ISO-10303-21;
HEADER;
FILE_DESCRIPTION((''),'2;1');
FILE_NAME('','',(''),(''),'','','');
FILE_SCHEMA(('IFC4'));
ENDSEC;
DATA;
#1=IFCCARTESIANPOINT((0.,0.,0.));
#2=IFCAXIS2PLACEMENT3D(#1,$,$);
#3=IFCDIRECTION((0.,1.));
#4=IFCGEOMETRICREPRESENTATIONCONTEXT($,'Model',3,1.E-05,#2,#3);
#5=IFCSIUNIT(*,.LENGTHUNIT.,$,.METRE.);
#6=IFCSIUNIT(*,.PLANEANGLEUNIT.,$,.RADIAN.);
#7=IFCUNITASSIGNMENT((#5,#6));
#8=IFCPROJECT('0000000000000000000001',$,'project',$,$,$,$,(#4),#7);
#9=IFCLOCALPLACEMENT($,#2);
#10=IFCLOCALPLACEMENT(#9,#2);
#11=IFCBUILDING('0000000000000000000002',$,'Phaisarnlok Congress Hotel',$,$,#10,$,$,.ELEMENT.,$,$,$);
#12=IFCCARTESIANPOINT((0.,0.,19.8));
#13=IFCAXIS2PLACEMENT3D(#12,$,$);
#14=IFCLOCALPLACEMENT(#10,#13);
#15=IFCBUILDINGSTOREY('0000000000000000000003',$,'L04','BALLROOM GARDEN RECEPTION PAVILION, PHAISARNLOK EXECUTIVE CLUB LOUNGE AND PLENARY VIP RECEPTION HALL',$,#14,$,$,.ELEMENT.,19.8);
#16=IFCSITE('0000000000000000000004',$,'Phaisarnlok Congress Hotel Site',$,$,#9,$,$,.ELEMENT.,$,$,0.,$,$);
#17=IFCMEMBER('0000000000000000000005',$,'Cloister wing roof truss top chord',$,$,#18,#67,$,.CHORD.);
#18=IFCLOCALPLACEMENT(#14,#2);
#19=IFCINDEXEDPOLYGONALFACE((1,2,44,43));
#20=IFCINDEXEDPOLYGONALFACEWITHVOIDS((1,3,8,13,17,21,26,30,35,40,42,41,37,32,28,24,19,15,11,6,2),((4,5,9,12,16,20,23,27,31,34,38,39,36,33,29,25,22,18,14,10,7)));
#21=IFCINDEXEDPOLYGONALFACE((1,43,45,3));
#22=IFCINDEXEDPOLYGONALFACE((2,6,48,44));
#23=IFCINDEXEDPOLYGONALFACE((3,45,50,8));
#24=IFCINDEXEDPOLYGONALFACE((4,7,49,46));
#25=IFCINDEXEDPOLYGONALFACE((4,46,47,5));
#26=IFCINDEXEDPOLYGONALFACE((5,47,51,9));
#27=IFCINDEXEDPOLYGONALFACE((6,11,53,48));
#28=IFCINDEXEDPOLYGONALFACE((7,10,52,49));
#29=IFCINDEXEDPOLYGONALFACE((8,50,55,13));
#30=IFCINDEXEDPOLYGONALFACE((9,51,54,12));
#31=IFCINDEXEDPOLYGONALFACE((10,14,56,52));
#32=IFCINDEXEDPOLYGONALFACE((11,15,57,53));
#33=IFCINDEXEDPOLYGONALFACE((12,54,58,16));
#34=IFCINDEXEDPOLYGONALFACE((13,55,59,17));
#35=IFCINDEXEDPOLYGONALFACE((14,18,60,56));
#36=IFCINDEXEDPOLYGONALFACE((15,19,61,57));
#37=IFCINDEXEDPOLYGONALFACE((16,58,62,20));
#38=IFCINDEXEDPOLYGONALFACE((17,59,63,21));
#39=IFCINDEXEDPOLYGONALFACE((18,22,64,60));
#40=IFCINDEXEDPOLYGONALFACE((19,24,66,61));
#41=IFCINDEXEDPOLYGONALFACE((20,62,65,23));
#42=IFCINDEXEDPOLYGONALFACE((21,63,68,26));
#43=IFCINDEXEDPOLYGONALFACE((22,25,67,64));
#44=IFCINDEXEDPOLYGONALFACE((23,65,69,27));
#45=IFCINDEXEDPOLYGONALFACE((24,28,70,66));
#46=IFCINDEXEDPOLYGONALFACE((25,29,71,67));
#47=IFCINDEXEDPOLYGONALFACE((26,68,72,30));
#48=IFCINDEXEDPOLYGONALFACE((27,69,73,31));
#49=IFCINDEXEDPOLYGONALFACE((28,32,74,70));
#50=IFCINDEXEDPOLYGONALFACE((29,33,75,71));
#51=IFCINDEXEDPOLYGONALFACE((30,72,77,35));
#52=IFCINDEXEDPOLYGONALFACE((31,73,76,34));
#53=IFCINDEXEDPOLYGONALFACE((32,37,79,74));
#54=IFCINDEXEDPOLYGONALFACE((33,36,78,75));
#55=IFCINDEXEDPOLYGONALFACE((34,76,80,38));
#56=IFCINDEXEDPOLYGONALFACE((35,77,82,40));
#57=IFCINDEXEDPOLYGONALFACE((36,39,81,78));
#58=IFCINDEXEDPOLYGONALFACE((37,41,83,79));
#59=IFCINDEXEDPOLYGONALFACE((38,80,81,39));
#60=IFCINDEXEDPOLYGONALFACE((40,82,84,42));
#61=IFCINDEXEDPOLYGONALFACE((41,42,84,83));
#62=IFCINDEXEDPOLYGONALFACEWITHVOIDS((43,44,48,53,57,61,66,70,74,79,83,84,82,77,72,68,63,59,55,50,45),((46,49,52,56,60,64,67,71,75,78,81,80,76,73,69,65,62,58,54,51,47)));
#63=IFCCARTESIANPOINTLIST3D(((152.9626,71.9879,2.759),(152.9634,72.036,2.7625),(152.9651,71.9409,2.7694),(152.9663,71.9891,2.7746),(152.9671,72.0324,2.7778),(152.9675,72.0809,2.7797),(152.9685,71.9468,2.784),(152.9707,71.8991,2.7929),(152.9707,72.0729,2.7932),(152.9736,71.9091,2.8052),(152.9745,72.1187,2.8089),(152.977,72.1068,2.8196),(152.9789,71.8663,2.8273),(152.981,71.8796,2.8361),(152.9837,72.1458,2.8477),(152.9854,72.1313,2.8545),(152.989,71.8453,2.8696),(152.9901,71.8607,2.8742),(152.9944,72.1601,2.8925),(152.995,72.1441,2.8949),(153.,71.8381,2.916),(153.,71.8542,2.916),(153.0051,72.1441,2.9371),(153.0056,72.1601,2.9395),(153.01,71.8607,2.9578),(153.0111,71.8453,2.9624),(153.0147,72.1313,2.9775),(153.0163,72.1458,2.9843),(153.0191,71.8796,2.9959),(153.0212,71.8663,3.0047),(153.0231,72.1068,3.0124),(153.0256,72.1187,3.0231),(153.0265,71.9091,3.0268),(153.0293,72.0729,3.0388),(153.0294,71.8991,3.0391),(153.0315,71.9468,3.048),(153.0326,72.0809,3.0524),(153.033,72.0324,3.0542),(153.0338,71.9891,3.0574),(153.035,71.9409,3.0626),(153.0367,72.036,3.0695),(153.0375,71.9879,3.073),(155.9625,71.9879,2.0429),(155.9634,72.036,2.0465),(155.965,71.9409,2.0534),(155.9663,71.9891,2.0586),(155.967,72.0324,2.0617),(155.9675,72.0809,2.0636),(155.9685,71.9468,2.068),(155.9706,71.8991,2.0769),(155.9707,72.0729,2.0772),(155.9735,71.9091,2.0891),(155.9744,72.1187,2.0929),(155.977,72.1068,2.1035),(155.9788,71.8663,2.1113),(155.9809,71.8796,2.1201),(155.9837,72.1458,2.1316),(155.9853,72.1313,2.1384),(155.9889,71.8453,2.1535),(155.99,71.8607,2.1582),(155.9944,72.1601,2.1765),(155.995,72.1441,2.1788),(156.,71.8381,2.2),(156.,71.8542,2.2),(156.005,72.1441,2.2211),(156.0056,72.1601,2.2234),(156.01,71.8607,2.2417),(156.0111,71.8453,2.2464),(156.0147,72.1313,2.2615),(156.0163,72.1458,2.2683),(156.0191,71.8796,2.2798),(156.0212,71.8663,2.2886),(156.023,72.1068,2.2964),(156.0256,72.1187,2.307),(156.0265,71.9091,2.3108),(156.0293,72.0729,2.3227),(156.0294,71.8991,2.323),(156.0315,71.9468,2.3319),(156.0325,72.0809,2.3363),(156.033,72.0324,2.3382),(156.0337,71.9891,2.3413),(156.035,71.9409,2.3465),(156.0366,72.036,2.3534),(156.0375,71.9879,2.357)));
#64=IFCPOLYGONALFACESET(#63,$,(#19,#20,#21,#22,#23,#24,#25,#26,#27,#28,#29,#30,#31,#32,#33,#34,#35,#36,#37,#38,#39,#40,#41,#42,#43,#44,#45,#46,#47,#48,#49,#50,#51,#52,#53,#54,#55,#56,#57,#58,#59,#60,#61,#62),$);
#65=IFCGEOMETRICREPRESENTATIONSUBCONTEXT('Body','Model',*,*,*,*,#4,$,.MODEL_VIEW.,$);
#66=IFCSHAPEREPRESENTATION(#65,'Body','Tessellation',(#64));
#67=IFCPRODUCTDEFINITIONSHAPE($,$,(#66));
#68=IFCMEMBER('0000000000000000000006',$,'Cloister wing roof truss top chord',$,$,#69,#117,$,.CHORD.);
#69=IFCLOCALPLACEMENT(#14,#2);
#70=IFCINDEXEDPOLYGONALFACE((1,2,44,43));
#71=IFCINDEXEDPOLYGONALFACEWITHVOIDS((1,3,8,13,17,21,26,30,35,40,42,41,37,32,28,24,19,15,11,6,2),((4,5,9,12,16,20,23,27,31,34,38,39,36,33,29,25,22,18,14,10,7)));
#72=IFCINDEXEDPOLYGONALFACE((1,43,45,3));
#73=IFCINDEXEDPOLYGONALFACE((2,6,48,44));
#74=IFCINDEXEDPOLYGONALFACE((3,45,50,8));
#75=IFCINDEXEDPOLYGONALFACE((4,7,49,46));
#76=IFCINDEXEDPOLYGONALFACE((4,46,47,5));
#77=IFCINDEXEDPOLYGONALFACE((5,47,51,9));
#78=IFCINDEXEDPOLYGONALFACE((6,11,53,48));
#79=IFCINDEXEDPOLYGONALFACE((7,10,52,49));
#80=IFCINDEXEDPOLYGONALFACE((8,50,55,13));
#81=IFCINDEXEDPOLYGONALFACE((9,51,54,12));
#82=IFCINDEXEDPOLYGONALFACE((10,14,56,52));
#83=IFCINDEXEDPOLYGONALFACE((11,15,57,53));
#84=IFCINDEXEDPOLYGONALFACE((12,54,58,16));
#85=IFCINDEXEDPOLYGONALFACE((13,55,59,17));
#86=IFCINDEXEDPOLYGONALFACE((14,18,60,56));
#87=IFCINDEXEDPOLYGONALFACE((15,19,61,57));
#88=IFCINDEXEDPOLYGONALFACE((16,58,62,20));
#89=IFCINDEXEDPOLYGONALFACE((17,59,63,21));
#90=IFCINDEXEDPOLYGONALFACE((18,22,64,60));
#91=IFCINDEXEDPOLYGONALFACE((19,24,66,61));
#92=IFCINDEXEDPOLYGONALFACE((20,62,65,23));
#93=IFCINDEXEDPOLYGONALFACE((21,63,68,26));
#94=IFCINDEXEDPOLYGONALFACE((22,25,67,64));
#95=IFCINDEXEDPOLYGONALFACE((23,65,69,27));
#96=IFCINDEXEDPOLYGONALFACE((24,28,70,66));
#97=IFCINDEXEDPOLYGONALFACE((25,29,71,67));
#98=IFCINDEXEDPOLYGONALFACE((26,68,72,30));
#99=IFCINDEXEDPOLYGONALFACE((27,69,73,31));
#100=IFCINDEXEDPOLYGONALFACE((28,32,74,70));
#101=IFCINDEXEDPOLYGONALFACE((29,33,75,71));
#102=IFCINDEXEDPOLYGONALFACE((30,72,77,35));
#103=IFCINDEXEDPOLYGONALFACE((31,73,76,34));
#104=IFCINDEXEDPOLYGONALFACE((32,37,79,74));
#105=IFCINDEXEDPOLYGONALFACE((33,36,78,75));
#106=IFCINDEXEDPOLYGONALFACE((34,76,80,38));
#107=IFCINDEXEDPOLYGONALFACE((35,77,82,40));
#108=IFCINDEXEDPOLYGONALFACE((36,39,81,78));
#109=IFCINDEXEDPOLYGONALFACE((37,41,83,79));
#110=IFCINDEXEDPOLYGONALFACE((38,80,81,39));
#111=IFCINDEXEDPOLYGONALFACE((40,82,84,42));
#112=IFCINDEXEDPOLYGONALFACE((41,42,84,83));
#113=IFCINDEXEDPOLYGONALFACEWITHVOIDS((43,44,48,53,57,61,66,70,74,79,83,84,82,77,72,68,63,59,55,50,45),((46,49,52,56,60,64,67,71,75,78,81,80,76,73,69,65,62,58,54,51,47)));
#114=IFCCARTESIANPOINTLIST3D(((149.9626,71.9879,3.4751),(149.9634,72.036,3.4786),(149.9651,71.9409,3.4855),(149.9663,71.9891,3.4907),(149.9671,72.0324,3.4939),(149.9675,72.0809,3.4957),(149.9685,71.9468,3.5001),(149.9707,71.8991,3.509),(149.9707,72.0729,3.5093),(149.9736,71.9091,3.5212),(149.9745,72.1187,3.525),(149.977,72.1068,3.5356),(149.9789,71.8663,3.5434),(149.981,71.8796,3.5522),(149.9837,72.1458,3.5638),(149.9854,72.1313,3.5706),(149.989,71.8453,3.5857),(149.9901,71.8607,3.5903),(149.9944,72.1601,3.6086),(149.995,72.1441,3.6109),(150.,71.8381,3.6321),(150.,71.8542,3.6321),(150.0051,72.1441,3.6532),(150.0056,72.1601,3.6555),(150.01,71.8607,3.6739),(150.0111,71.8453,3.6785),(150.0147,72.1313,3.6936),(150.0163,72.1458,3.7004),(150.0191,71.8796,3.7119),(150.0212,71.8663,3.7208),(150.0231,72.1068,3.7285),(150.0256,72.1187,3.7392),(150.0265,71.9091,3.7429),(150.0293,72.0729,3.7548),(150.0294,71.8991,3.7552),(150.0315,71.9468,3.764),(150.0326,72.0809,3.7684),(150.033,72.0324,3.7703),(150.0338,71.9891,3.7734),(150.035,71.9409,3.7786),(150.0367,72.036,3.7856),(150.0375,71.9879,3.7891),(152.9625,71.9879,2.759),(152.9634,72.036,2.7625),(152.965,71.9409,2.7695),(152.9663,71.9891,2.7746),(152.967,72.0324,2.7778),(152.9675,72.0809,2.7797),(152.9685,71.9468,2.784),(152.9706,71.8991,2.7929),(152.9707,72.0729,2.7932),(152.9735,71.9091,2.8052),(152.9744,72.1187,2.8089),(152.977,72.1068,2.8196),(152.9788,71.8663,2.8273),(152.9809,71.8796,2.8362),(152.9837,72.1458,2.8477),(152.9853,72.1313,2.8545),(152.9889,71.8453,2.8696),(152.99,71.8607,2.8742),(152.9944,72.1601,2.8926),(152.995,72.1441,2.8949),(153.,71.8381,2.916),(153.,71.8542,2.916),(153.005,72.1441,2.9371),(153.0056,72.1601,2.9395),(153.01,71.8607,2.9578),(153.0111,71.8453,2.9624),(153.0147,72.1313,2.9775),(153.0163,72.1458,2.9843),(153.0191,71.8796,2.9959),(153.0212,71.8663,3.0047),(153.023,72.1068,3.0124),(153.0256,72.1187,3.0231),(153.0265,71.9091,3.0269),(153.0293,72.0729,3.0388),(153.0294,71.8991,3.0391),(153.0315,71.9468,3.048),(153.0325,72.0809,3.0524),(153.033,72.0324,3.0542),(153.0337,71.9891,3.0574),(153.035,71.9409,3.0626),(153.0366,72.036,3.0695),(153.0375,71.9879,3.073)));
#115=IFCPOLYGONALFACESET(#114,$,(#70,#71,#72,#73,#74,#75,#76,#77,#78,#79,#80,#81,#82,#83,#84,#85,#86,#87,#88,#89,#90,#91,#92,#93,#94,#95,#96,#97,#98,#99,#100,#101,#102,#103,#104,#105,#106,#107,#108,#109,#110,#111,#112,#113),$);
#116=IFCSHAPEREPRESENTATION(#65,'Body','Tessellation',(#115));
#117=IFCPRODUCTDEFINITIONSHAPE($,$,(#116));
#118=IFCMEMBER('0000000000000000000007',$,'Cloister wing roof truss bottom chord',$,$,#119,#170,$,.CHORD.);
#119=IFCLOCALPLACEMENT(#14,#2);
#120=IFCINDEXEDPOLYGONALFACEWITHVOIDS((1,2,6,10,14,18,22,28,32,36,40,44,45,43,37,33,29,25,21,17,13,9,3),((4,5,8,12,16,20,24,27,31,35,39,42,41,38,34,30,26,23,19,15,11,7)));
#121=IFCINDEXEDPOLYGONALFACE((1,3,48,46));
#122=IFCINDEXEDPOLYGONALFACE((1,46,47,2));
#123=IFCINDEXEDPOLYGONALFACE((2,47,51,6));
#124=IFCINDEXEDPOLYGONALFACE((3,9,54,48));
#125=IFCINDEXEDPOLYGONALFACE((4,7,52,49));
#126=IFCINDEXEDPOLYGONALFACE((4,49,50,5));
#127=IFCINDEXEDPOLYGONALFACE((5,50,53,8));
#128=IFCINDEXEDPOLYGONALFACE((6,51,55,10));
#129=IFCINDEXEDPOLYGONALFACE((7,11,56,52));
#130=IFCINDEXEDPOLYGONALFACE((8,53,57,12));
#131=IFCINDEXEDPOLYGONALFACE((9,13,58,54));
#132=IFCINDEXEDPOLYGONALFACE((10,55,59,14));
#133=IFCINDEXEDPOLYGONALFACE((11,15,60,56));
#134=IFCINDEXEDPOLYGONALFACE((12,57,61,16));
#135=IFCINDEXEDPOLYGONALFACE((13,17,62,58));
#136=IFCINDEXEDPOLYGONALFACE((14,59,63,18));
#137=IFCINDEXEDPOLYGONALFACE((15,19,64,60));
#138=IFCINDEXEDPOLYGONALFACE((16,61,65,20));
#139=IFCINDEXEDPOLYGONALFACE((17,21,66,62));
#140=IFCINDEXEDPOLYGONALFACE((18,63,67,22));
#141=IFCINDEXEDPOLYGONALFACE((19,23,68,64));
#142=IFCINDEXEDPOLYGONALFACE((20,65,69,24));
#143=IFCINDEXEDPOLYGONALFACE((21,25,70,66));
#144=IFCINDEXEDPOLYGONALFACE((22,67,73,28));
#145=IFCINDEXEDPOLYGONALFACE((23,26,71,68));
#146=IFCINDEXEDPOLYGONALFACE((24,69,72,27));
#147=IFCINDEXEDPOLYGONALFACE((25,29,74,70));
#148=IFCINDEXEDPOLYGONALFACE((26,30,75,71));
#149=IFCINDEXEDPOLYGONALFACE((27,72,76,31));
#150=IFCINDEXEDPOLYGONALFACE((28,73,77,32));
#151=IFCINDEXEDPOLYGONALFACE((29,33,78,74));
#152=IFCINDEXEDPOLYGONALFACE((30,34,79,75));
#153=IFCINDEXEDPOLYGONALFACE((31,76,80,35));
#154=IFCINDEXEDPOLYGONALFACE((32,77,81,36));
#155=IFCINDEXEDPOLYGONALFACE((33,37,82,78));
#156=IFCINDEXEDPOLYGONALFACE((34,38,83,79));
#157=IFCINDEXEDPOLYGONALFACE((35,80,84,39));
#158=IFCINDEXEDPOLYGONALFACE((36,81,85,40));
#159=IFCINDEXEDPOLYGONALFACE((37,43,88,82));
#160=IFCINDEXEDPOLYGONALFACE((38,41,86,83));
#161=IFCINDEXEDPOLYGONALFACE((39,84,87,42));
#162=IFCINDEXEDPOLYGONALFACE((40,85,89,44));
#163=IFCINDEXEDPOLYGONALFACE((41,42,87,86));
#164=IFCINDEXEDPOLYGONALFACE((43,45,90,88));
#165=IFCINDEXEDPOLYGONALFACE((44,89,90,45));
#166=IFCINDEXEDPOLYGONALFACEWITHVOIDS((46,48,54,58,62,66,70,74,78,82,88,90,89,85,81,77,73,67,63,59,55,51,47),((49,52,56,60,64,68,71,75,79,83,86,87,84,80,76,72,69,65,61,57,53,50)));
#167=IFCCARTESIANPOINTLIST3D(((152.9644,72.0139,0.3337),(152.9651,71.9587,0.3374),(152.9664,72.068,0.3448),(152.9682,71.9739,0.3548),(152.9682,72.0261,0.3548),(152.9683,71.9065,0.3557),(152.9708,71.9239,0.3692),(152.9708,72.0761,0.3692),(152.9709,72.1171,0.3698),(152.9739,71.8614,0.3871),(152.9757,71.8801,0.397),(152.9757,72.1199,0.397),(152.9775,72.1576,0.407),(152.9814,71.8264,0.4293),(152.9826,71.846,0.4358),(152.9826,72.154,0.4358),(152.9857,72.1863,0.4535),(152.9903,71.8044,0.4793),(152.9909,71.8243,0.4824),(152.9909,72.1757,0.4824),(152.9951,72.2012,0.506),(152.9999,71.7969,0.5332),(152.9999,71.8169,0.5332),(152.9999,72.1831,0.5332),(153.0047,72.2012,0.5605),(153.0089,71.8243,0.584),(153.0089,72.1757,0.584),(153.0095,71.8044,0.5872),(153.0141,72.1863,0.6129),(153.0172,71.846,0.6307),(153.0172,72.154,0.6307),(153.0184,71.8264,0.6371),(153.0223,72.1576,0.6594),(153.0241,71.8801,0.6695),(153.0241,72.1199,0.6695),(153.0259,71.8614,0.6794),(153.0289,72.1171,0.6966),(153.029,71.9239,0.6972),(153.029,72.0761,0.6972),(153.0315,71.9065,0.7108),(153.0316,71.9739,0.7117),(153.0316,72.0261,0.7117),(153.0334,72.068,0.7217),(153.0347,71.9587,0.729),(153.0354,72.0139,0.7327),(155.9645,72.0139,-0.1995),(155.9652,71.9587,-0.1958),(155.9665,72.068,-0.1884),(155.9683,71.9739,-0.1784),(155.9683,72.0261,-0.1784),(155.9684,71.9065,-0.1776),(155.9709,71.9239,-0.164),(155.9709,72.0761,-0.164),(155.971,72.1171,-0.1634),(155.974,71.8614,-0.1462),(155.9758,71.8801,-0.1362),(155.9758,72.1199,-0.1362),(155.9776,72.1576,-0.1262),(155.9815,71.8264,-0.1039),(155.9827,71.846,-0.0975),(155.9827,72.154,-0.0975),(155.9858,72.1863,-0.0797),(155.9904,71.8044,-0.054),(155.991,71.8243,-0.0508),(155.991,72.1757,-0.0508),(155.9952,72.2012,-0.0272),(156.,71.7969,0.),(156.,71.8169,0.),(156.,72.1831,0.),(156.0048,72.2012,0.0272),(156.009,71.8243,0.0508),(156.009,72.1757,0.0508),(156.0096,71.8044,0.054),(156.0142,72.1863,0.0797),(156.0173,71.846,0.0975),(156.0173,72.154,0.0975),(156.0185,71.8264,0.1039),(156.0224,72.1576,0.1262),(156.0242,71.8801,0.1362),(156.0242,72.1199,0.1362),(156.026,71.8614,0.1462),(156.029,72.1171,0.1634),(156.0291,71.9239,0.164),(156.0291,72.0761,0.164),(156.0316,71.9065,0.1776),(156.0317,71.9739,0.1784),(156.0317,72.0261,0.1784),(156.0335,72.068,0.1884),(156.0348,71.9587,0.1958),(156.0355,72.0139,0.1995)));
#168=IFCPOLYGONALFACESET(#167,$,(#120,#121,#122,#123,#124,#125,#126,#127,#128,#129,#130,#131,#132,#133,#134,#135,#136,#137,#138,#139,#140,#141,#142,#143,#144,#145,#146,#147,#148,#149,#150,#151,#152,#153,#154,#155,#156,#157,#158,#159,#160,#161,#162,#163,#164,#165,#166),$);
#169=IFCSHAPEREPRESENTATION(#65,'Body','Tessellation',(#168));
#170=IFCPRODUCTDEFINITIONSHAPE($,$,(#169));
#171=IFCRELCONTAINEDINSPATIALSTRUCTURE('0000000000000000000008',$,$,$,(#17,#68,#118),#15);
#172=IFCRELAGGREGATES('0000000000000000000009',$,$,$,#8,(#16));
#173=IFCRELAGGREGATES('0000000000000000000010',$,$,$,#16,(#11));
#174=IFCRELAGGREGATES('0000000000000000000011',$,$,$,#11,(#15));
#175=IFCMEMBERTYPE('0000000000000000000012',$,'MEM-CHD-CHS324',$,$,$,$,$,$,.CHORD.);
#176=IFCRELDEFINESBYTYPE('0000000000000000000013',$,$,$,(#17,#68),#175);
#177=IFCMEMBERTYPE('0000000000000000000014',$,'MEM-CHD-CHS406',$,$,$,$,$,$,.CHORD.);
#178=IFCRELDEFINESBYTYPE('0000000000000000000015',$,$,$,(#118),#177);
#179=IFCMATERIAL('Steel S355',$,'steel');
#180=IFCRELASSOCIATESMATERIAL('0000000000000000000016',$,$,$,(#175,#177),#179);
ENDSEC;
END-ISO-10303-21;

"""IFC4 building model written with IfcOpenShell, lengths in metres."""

from ifc_helpers import new_model, si_unit, direction, frame, origin, origin_2d, place, context, subcontext, project, spatial, hollow_circle, extrude, material, material_profile, profile_set, type_object, element, save


model = new_model("IFC4")

# Units and contexts
model_context = context("Model", 3, precision=1e-05, world=origin(), true_north=direction((0.0, 1.0)))
body_context = subcontext(model_context, "Body", "Model", "MODEL_VIEW")
ifc_project = project(units=[si_unit("LENGTHUNIT", "METRE"), si_unit("PLANEANGLEUNIT", "RADIAN")], contexts=[model_context])

# Site, building, storey
site_placement = place(None, origin())
site = spatial("IfcSite", under=ifc_project, at=site_placement, Name="Phaisarnlok Congress Hotel Site", CompositionType="ELEMENT", RefElevation=0.0)
building_placement = place(site_placement, origin())
building = spatial("IfcBuilding", under=site, at=building_placement, Name="Phaisarnlok Congress Hotel", CompositionType="ELEMENT")
storey_placement = place(building_placement, frame((0.0, 0.0, 19.8)))
storey = spatial("IfcBuildingStorey", under=building, at=storey_placement, Name="L04", Description="BALLROOM GARDEN RECEPTION PAVILION, PHAISARNLOK EXECUTIVE CLUB LOUNGE AND PLENARY VIP RECEPTION HALL", CompositionType="ELEMENT", Elevation=19.8)

# Shared definitions
ifc_material_1 = material(Name="Steel S355", Category="steel")

# Members
ifc_material_profile_1 = material_profile(ifc_material_1, hollow_circle(Radius=0.1619, WallThickness=0.0161, at=origin_2d()), Name="CHS 323.9x16")
ifc_profile_set_1 = profile_set([ifc_material_profile_1], Name="Steel S355")
member_type_1 = type_object("IfcMemberType", Name="MEM-CHD-CHS324", PredefinedType="CHORD", material=ifc_profile_set_1)
for number, where, z_axis, x_axis, name in (
    (1, (156.0, 72.0, 2.2), (-0.972676, 0.0, 0.232166), (0.0, -1.0, 0.0), "Cloister wing roof truss top chord"),
    (2, (153.0, 72.0, 2.916), (-0.972676, 0.0, 0.232166), (0.0, -1.0, 0.0), "Cloister wing roof truss top chord"),
):
    element("IfcMember", number, at=place(storey_placement, frame(where, z_axis=z_axis, x_axis=x_axis)), inside=storey, type_object=member_type_1, Name=name, PredefinedType="CHORD", context=body_context, shape_type="SweptSolid", body=[
        extrude(hollow_circle(Radius=0.1619, WallThickness=0.0161, at=origin_2d()), origin(), (0.0, 0.0, 1.0), 3.0842),
    ])
ifc_material_profile_2 = material_profile(ifc_material_1, hollow_circle(Radius=0.2031, WallThickness=0.02, at=origin_2d()), Name="CHS 406.4x20")
ifc_profile_set_2 = profile_set([ifc_material_profile_2], Name="Steel S355")
member_type_2 = type_object("IfcMemberType", Name="MEM-CHD-CHS406", PredefinedType="CHORD", material=ifc_profile_set_2)
for number, where, z_axis, x_axis, name in (
    (3, (156.0, 72.0, 0.0), (-0.98457, 0.0, 0.174992), (0.0, -1.0, 0.0), "Cloister wing roof truss bottom chord"),
):
    element("IfcMember", number, at=place(storey_placement, frame(where, z_axis=z_axis, x_axis=x_axis)), inside=storey, type_object=member_type_2, Name=name, PredefinedType="CHORD", context=body_context, shape_type="SweptSolid", body=[
        extrude(hollow_circle(Radius=0.2031, WallThickness=0.02, at=origin_2d()), origin(), (0.0, 0.0, 1.0), 3.0471),
    ])

save(model, "model.ifc")
